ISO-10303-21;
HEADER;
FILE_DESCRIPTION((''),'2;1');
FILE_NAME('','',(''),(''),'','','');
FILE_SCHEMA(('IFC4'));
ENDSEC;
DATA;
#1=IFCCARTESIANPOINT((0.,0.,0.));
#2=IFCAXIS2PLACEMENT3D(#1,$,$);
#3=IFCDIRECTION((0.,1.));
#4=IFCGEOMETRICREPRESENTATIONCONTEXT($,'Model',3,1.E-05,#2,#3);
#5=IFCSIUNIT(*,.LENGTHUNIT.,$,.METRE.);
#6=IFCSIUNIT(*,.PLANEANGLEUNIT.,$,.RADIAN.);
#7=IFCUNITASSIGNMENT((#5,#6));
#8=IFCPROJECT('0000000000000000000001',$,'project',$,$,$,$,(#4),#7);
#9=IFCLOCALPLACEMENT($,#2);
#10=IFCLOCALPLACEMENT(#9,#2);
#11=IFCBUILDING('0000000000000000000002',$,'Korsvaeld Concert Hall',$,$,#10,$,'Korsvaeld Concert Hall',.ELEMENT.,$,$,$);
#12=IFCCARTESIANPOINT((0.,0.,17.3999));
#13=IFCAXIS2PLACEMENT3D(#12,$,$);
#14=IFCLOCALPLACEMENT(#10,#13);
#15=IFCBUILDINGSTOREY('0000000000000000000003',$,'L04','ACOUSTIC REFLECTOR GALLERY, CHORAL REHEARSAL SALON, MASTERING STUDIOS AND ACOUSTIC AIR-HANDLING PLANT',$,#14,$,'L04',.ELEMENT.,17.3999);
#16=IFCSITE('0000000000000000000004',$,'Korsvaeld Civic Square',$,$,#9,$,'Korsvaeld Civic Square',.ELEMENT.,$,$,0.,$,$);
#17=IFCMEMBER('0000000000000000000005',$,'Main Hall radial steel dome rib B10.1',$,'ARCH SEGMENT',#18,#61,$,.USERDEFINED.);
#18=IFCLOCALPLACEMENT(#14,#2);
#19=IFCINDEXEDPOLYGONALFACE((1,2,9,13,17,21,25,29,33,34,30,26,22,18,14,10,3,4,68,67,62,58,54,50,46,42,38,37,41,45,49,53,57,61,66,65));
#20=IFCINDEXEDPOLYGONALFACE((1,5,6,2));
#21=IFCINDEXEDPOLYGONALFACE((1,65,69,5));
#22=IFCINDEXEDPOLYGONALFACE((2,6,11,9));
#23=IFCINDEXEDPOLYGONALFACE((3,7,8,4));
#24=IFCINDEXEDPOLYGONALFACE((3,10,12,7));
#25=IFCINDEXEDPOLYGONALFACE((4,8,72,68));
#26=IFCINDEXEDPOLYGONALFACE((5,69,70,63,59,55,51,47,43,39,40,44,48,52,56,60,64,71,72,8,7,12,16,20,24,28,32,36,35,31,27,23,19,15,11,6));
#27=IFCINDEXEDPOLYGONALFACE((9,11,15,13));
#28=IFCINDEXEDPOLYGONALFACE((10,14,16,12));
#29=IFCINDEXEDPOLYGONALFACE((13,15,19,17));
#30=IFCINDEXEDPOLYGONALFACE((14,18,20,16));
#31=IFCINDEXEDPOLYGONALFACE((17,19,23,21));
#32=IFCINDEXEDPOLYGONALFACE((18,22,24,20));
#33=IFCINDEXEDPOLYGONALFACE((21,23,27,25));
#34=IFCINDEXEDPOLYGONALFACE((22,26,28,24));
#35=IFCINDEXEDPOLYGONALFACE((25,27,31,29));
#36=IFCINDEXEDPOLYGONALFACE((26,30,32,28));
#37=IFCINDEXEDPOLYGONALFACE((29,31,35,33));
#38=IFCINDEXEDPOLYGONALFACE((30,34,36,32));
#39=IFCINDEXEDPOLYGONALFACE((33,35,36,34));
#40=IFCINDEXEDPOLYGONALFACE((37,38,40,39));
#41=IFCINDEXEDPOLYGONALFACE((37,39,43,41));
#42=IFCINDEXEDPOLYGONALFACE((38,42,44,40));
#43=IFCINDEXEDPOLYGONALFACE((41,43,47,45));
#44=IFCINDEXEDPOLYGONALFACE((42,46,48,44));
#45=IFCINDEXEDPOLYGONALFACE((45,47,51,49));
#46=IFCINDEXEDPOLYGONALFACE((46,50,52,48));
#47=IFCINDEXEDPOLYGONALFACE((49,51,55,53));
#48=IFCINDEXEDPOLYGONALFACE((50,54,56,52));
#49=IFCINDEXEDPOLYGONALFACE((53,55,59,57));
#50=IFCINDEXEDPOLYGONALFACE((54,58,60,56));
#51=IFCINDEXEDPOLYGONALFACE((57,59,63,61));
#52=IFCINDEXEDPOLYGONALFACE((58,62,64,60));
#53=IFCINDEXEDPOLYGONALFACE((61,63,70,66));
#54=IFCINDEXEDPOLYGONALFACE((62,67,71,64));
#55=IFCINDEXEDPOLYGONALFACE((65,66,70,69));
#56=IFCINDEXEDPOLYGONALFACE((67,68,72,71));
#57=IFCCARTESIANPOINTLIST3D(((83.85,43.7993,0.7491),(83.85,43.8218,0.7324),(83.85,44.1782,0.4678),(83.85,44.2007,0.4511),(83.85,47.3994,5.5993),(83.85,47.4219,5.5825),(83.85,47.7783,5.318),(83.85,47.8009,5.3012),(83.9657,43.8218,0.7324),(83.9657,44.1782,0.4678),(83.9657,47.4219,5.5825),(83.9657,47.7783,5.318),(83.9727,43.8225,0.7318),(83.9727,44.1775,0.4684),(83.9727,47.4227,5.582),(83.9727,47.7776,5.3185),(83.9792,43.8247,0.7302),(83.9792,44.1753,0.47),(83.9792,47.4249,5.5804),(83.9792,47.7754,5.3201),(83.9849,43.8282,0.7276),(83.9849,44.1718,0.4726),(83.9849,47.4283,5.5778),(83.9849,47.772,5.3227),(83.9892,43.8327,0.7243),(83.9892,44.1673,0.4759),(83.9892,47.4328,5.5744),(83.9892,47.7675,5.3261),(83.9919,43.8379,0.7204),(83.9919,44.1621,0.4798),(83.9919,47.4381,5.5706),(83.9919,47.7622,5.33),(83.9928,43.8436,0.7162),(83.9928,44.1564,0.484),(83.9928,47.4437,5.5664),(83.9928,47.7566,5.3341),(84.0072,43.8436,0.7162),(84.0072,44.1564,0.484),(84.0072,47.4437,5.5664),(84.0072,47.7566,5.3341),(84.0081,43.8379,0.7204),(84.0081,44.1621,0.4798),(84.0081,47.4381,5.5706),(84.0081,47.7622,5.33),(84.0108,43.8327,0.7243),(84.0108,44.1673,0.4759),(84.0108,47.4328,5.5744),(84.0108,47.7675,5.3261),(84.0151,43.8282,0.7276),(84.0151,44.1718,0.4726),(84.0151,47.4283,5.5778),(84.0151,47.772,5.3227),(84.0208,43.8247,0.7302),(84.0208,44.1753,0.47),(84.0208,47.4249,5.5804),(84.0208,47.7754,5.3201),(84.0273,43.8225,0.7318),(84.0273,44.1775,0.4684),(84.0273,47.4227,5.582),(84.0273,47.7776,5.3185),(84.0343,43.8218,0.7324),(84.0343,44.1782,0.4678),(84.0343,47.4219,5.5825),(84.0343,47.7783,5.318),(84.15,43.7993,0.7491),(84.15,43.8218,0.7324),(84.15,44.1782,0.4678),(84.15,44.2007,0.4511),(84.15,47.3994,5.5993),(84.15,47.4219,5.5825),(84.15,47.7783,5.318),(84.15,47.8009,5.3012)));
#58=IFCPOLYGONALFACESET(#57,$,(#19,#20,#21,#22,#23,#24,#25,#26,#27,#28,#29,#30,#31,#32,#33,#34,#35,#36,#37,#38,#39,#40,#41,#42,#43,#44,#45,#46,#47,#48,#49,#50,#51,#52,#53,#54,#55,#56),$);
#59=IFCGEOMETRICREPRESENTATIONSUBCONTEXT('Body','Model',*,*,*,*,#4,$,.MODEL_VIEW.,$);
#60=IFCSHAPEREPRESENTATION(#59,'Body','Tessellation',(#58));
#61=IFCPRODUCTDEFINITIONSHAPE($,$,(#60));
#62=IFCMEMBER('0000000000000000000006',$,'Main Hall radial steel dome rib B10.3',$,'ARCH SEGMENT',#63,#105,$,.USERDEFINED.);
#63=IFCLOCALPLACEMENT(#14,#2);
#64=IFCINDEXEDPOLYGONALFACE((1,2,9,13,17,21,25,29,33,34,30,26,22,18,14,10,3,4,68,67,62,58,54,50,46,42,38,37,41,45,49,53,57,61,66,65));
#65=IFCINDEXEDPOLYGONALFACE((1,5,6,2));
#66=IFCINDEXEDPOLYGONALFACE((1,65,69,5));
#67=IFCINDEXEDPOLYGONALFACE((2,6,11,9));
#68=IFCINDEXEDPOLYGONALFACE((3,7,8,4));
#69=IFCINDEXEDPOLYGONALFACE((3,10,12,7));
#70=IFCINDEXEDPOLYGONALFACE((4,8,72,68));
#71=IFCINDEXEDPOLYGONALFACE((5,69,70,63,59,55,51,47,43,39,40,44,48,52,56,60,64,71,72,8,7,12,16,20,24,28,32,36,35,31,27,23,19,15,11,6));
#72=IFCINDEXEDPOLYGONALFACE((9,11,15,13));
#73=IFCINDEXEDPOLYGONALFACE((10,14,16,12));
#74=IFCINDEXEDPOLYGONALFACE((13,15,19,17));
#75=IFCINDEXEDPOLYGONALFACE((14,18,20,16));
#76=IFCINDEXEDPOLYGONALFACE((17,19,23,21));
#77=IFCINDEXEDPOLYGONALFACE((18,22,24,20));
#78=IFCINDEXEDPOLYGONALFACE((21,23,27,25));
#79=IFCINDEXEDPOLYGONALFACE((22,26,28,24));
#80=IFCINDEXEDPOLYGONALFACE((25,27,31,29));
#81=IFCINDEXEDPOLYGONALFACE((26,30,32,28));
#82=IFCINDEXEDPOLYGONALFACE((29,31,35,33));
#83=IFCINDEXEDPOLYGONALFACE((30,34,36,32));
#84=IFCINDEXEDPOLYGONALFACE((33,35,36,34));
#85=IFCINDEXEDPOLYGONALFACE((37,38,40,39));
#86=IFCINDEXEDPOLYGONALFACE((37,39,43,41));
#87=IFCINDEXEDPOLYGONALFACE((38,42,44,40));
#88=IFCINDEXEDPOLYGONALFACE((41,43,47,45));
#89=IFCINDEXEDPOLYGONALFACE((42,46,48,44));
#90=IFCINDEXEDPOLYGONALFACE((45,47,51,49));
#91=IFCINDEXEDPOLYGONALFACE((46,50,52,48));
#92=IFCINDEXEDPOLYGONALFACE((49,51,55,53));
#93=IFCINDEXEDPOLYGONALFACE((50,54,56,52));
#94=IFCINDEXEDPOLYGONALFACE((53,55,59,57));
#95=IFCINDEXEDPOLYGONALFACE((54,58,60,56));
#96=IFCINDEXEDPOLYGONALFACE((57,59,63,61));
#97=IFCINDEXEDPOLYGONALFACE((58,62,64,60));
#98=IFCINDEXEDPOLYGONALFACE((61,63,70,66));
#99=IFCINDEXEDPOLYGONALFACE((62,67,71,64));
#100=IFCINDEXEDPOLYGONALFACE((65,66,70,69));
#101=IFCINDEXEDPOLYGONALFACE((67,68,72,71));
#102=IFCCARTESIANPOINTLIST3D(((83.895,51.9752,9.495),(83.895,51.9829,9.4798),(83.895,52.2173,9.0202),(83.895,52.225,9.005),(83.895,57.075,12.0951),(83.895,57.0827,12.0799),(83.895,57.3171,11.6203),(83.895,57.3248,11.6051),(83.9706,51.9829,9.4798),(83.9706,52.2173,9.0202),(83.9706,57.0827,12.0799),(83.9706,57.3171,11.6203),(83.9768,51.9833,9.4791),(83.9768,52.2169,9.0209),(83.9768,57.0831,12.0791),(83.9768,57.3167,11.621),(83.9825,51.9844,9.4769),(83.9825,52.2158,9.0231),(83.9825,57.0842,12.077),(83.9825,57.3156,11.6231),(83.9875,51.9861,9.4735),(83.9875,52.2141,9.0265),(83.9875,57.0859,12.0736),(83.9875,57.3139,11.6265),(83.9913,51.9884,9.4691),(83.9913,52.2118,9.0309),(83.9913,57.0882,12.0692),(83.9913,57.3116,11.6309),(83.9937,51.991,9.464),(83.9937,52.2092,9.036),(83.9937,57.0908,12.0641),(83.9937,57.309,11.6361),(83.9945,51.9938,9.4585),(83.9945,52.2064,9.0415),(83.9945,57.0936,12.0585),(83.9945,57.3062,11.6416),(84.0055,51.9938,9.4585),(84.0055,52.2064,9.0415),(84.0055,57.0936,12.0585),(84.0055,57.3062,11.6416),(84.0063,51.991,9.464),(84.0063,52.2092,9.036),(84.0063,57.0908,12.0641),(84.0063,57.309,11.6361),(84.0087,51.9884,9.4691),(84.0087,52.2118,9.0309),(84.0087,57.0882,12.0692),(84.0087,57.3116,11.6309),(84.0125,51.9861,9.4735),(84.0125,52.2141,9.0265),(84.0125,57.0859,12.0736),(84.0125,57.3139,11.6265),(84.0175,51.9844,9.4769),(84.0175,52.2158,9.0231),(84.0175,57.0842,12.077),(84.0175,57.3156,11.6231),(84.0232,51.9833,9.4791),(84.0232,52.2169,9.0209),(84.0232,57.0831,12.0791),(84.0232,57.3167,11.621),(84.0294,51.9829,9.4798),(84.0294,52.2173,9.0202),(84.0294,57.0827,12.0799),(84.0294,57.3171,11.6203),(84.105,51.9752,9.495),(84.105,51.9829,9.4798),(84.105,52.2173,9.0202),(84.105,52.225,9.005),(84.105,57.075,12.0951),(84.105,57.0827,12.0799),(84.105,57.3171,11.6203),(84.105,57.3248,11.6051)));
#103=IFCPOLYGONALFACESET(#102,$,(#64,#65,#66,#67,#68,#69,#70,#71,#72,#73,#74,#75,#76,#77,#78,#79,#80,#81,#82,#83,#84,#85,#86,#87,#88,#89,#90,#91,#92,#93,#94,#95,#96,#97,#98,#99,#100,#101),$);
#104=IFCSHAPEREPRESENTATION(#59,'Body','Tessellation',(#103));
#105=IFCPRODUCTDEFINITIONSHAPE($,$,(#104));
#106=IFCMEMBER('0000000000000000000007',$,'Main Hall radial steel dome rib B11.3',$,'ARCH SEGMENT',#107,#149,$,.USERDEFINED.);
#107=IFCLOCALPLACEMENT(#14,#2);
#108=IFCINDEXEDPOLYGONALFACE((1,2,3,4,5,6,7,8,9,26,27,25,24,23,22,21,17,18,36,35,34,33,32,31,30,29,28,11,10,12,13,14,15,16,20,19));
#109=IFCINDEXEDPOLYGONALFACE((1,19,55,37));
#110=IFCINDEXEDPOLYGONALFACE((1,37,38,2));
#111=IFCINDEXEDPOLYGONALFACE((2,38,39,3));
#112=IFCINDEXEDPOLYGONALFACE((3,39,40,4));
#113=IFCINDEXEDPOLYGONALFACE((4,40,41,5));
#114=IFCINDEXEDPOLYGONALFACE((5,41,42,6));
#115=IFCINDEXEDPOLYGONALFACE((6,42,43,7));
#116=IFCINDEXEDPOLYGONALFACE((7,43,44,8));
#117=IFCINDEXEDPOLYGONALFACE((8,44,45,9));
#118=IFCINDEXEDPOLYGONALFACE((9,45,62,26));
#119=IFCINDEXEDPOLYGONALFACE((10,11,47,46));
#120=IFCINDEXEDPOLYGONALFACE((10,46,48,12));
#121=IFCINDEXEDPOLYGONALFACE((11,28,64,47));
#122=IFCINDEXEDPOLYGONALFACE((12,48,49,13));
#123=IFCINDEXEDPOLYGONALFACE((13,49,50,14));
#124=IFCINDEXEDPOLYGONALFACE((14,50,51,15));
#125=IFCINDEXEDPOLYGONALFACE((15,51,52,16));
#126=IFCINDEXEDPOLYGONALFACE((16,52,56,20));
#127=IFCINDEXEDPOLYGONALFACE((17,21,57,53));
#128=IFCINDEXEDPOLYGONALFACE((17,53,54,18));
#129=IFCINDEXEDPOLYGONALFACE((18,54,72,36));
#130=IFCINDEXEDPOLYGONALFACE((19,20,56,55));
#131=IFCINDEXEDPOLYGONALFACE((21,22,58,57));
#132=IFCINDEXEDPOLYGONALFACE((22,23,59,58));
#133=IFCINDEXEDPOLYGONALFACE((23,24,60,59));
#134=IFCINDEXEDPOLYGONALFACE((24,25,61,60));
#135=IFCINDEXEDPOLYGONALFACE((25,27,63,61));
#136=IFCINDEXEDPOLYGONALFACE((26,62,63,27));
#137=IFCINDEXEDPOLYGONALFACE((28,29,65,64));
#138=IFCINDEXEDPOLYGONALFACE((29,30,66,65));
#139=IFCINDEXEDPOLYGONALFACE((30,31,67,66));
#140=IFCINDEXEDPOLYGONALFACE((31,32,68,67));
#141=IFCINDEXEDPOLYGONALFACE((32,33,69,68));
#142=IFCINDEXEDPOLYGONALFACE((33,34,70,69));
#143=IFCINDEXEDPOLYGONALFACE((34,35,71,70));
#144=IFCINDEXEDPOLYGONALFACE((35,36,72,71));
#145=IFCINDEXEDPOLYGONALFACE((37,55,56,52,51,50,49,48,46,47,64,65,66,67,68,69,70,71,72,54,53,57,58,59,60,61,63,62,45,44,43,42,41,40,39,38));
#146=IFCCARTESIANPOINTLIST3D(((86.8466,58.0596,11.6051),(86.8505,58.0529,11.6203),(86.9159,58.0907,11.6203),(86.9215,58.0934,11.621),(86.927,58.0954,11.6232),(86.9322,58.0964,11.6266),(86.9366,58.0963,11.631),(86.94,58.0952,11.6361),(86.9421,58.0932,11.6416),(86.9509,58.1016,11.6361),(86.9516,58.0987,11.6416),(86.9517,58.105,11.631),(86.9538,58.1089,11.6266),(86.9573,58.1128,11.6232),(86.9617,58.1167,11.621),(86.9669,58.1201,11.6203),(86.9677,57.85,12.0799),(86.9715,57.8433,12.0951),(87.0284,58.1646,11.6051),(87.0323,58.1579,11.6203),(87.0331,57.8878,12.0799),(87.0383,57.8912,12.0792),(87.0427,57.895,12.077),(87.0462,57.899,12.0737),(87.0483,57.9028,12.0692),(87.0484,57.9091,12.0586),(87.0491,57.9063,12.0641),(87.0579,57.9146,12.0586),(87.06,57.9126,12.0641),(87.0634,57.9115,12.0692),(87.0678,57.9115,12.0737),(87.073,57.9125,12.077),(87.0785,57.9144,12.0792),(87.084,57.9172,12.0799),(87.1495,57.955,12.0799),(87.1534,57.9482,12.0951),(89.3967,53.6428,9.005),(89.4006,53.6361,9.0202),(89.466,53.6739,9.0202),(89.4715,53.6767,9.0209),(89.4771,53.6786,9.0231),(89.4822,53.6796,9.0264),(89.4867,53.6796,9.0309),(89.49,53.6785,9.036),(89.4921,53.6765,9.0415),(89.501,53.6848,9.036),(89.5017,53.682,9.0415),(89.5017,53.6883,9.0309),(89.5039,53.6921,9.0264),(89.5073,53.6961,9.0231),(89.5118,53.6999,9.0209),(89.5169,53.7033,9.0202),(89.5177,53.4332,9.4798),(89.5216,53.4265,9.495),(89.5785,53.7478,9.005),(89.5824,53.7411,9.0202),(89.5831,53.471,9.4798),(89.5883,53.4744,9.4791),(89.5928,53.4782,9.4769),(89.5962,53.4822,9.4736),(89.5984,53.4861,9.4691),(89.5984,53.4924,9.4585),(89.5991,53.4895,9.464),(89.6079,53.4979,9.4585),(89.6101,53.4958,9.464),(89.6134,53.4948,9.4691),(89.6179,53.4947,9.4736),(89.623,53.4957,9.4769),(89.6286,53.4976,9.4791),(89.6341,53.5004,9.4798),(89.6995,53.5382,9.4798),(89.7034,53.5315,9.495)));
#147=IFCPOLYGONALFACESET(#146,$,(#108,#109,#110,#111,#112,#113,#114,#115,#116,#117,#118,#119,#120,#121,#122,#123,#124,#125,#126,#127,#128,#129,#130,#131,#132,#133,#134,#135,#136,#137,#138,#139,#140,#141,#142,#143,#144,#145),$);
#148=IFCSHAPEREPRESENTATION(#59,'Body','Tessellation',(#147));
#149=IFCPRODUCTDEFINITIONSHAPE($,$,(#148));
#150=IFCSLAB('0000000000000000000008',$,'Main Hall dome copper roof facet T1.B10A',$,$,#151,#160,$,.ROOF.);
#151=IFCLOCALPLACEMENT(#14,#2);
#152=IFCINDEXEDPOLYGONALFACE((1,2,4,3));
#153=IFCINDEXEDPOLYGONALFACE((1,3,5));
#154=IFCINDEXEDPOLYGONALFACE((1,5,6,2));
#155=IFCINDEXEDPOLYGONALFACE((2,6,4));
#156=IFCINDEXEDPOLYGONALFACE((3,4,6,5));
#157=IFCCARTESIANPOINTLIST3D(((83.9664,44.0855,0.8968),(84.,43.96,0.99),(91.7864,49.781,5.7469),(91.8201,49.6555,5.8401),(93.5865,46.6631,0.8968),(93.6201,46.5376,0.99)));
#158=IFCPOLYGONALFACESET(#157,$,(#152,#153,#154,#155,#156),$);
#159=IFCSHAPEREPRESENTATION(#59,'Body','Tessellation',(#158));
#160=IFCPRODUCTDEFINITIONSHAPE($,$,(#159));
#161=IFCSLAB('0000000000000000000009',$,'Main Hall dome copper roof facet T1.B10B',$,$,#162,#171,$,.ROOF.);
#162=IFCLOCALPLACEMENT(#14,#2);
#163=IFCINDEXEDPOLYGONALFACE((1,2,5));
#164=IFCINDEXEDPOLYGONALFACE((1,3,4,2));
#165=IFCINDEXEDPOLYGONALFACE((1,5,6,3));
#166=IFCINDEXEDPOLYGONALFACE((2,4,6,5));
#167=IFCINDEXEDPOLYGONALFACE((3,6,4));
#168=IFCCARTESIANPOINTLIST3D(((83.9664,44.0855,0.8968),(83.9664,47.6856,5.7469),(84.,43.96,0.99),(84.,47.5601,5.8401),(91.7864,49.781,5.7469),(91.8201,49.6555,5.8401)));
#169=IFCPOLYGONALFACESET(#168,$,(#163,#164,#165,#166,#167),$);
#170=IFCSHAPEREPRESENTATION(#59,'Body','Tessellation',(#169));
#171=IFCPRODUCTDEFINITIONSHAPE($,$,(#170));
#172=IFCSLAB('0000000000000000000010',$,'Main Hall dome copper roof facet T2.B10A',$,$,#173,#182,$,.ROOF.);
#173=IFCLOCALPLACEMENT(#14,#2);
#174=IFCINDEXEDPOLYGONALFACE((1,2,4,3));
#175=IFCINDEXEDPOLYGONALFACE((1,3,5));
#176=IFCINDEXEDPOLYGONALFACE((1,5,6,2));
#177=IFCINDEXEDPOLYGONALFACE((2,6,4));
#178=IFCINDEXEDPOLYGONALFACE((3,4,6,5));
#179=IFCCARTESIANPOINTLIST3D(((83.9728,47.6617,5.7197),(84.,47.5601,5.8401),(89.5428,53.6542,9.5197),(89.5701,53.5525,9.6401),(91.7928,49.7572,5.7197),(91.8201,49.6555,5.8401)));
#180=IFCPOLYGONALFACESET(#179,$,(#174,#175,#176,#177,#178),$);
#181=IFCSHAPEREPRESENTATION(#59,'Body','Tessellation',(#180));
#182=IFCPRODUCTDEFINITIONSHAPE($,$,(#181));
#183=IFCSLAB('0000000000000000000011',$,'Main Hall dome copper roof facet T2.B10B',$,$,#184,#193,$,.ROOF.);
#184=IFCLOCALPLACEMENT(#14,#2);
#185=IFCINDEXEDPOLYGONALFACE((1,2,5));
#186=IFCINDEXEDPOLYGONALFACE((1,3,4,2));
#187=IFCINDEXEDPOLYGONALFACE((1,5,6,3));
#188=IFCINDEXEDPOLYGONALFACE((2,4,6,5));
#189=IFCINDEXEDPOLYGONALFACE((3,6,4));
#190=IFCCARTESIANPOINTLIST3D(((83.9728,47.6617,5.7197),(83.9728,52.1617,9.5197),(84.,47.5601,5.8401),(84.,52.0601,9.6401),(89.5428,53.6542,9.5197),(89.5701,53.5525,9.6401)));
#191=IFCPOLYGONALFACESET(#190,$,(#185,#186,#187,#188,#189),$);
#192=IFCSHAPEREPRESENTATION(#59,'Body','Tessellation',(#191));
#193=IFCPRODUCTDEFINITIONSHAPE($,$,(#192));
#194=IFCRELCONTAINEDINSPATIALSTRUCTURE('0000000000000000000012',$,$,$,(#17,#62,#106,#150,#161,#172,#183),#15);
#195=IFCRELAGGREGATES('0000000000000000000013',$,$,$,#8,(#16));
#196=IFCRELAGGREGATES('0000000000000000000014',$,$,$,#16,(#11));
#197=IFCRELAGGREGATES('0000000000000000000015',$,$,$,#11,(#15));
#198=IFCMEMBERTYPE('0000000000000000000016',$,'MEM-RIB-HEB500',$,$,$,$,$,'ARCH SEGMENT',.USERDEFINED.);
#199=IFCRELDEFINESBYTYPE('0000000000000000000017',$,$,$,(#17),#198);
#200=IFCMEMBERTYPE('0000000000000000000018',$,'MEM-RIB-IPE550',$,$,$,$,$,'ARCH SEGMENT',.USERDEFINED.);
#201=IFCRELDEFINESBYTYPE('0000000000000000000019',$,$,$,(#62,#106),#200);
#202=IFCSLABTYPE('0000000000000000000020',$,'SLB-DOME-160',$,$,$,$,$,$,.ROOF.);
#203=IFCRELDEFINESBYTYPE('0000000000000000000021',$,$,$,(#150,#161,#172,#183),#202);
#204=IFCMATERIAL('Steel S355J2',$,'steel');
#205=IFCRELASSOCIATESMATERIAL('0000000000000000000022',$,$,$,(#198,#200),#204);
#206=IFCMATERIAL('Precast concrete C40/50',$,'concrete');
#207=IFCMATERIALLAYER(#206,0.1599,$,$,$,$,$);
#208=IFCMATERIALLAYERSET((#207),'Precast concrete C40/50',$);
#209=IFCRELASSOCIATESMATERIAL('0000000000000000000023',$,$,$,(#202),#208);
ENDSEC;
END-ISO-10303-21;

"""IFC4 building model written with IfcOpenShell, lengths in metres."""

from ifc_helpers import new_model, si_unit, direction, frame, origin, origin_2d, place, context, subcontext, project, spatial, polyline, i_section, outline, extrude, material, layer, layer_set, material_profile, profile_set, type_object, element, save


model = new_model("IFC4")

# Units and contexts
model_context = context("Model", 3, precision=1e-05, world=origin(), true_north=direction((0.0, 1.0)))
body_context = subcontext(model_context, "Body", "Model", "MODEL_VIEW")
ifc_project = project(units=[si_unit("LENGTHUNIT", "METRE"), si_unit("PLANEANGLEUNIT", "RADIAN")], contexts=[model_context])

# Site, building, storey
site_placement = place(None, origin())
site = spatial("IfcSite", under=ifc_project, at=site_placement, Name="Korsvaeld Civic Square", LongName="Korsvaeld Civic Square", CompositionType="ELEMENT", RefElevation=0.0)
building_placement = place(site_placement, origin())
building = spatial("IfcBuilding", under=site, at=building_placement, Name="Korsvaeld Concert Hall", LongName="Korsvaeld Concert Hall", CompositionType="ELEMENT")
storey_placement = place(building_placement, frame((0.0, 0.0, 17.3999)))
storey = spatial("IfcBuildingStorey", under=building, at=storey_placement, Name="L04", Description="ACOUSTIC REFLECTOR GALLERY, CHORAL REHEARSAL SALON, MASTERING STUDIOS AND ACOUSTIC AIR-HANDLING PLANT", LongName="L04", CompositionType="ELEMENT", Elevation=17.3999)

# Shared definitions
ifc_material_1 = material(Name="Steel S355J2", Category="steel")

# Members
ifc_material_profile_1 = material_profile(ifc_material_1, i_section(OverallWidth=0.3, OverallDepth=0.5, WebThickness=0.0144, FlangeThickness=0.0281, FilletRadius=0.0271, at=origin_2d()), Name="HEB 500")
ifc_profile_set_1 = profile_set([ifc_material_profile_1], Name="Steel S355J2")
member_type_1 = type_object("IfcMemberType", Name="MEM-RIB-HEB500", ElementType="ARCH SEGMENT", PredefinedType="USERDEFINED", material=ifc_profile_set_1)
member_1_placement = place(storey_placement, frame((84.0, 44.0, 0.6001), z_axis=(0.0, 0.596022, 0.802968), x_axis=(-1.0, 0.0, 0.0)))
element("IfcMember", 1, at=member_1_placement, inside=storey, type_object=member_type_1, Name="Main Hall radial steel dome rib B10.1", ObjectType="ARCH SEGMENT", PredefinedType="USERDEFINED", context=body_context, shape_type="SweptSolid", body=[
    extrude(i_section(OverallWidth=0.3, OverallDepth=0.5, WebThickness=0.0144, FlangeThickness=0.0281, FilletRadius=0.0271, at=origin_2d()), origin(), (0.0, 0.0, 1.0), 6.0403),
])
ifc_material_profile_2 = material_profile(ifc_material_1, i_section(OverallWidth=0.21, OverallDepth=0.55, WebThickness=0.011, FlangeThickness=0.0171, FilletRadius=0.0239, at=origin_2d()), Name="IPE 550")
ifc_profile_set_2 = profile_set([ifc_material_profile_2], Name="Steel S355J2")
member_type_2 = type_object("IfcMemberType", Name="MEM-RIB-IPE550", ElementType="ARCH SEGMENT", PredefinedType="USERDEFINED", material=ifc_profile_set_2)
member_2_placement = place(storey_placement, frame((84.0, 52.1001, 9.25), z_axis=(0.0, 0.890894, 0.454211), x_axis=(-1.0, 0.0, 0.0)))
element("IfcMember", 2, at=member_2_placement, inside=storey, type_object=member_type_2, Name="Main Hall radial steel dome rib B10.3", ObjectType="ARCH SEGMENT", PredefinedType="USERDEFINED", context=body_context, shape_type="SweptSolid", body=[
    extrude(i_section(OverallWidth=0.21, OverallDepth=0.55, WebThickness=0.011, FlangeThickness=0.0171, FilletRadius=0.0239, at=origin_2d()), origin(), (0.0, 0.0, 1.0), 5.7244),
])
member_3_placement = place(storey_placement, frame((89.55, 53.5872, 9.25), z_axis=(-0.445455, 0.77154, 0.454198), x_axis=(-0.866022, -0.500006, 0.0)))
element("IfcMember", 3, at=member_3_placement, inside=storey, type_object=member_type_2, Name="Main Hall radial steel dome rib B11.3", ObjectType="ARCH SEGMENT", PredefinedType="USERDEFINED", context=body_context, shape_type="SweptSolid", body=[
    extrude(i_section(OverallWidth=0.21, OverallDepth=0.55, WebThickness=0.011, FlangeThickness=0.0171, FilletRadius=0.0239, at=origin_2d()), origin(), (0.0, 0.0, 1.0), 5.7246),
])

# Slabs
ifc_material_2 = material(Name="Precast concrete C40/50", Category="concrete")
ifc_layer = layer(ifc_material_2, 0.1599)
ifc_layer_set = layer_set([ifc_layer], Name="Precast concrete C40/50")
slab_type = type_object("IfcSlabType", Name="SLB-DOME-160", PredefinedType="ROOF", material=ifc_layer_set)
slab_1_placement = place(storey_placement, frame((84.0, 43.96, 0.99), z_axis=(0.210334, -0.784995, 0.582702), x_axis=(0.965927, 0.258813, 0.0)))
element("IfcSlab", 4, at=slab_1_placement, inside=storey, type_object=slab_type, Name="Main Hall dome copper roof facet T1.B10A", PredefinedType="ROOF", context=body_context, shape_type="SweptSolid", body=[
    extrude(outline(polyline([(0.0, 0.0), (9.9595, 0.0), (9.0277, 5.968), (0.0, 0.0)])), origin(), (0.0, 0.0, -1.0), 0.1599),
])
slab_2_placement = place(storey_placement, frame((84.0, 43.96, 0.99), z_axis=(0.210349, -0.785003, 0.582687), x_axis=(0.722607, 0.526293, 0.448169)))
element("IfcSlab", 5, at=slab_2_placement, inside=storey, type_object=slab_type, Name="Main Hall dome copper roof facet T1.B10B", PredefinedType="ROOF", context=body_context, shape_type="SweptSolid", body=[
    extrude(outline(polyline([(0.0, 0.0), (10.822, 0.0), (4.0684, 4.4646), (0.0, 0.0)])), origin(), (0.0, 0.0, -1.0), 0.1599),
])
slab_3_placement = place(storey_placement, frame((84.0, 47.5601, 5.8401), z_axis=(0.170359, -0.635764, 0.752849), x_axis=(0.965923, 0.258828, 0.0)))
element("IfcSlab", 6, at=slab_3_placement, inside=storey, type_object=slab_type, Name="Main Hall dome copper roof facet T2.B10A", PredefinedType="ROOF", context=body_context, shape_type="SweptSolid", body=[
    extrude(outline(polyline([(0.0, 0.0), (8.096, 0.0), (6.9313, 5.7735), (0.0, 0.0)])), origin(), (0.0, 0.0, -1.0), 0.1599),
])
slab_4_placement = place(storey_placement, frame((84.0, 47.5601, 5.8401), z_axis=(0.170343, -0.635756, 0.752859), x_axis=(0.617468, 0.664289, 0.421253)))
element("IfcSlab", 7, at=slab_4_placement, inside=storey, type_object=slab_type, Name="Main Hall dome copper roof facet T2.B10B", PredefinedType="ROOF", context=body_context, shape_type="SweptSolid", body=[
    extrude(outline(polyline([(0.0, 0.0), (9.0208, 0.0), (4.5901, 3.6907), (0.0, 0.0)])), origin(), (0.0, 0.0, -1.0), 0.1599),
])

save(model, "model.ifc")
